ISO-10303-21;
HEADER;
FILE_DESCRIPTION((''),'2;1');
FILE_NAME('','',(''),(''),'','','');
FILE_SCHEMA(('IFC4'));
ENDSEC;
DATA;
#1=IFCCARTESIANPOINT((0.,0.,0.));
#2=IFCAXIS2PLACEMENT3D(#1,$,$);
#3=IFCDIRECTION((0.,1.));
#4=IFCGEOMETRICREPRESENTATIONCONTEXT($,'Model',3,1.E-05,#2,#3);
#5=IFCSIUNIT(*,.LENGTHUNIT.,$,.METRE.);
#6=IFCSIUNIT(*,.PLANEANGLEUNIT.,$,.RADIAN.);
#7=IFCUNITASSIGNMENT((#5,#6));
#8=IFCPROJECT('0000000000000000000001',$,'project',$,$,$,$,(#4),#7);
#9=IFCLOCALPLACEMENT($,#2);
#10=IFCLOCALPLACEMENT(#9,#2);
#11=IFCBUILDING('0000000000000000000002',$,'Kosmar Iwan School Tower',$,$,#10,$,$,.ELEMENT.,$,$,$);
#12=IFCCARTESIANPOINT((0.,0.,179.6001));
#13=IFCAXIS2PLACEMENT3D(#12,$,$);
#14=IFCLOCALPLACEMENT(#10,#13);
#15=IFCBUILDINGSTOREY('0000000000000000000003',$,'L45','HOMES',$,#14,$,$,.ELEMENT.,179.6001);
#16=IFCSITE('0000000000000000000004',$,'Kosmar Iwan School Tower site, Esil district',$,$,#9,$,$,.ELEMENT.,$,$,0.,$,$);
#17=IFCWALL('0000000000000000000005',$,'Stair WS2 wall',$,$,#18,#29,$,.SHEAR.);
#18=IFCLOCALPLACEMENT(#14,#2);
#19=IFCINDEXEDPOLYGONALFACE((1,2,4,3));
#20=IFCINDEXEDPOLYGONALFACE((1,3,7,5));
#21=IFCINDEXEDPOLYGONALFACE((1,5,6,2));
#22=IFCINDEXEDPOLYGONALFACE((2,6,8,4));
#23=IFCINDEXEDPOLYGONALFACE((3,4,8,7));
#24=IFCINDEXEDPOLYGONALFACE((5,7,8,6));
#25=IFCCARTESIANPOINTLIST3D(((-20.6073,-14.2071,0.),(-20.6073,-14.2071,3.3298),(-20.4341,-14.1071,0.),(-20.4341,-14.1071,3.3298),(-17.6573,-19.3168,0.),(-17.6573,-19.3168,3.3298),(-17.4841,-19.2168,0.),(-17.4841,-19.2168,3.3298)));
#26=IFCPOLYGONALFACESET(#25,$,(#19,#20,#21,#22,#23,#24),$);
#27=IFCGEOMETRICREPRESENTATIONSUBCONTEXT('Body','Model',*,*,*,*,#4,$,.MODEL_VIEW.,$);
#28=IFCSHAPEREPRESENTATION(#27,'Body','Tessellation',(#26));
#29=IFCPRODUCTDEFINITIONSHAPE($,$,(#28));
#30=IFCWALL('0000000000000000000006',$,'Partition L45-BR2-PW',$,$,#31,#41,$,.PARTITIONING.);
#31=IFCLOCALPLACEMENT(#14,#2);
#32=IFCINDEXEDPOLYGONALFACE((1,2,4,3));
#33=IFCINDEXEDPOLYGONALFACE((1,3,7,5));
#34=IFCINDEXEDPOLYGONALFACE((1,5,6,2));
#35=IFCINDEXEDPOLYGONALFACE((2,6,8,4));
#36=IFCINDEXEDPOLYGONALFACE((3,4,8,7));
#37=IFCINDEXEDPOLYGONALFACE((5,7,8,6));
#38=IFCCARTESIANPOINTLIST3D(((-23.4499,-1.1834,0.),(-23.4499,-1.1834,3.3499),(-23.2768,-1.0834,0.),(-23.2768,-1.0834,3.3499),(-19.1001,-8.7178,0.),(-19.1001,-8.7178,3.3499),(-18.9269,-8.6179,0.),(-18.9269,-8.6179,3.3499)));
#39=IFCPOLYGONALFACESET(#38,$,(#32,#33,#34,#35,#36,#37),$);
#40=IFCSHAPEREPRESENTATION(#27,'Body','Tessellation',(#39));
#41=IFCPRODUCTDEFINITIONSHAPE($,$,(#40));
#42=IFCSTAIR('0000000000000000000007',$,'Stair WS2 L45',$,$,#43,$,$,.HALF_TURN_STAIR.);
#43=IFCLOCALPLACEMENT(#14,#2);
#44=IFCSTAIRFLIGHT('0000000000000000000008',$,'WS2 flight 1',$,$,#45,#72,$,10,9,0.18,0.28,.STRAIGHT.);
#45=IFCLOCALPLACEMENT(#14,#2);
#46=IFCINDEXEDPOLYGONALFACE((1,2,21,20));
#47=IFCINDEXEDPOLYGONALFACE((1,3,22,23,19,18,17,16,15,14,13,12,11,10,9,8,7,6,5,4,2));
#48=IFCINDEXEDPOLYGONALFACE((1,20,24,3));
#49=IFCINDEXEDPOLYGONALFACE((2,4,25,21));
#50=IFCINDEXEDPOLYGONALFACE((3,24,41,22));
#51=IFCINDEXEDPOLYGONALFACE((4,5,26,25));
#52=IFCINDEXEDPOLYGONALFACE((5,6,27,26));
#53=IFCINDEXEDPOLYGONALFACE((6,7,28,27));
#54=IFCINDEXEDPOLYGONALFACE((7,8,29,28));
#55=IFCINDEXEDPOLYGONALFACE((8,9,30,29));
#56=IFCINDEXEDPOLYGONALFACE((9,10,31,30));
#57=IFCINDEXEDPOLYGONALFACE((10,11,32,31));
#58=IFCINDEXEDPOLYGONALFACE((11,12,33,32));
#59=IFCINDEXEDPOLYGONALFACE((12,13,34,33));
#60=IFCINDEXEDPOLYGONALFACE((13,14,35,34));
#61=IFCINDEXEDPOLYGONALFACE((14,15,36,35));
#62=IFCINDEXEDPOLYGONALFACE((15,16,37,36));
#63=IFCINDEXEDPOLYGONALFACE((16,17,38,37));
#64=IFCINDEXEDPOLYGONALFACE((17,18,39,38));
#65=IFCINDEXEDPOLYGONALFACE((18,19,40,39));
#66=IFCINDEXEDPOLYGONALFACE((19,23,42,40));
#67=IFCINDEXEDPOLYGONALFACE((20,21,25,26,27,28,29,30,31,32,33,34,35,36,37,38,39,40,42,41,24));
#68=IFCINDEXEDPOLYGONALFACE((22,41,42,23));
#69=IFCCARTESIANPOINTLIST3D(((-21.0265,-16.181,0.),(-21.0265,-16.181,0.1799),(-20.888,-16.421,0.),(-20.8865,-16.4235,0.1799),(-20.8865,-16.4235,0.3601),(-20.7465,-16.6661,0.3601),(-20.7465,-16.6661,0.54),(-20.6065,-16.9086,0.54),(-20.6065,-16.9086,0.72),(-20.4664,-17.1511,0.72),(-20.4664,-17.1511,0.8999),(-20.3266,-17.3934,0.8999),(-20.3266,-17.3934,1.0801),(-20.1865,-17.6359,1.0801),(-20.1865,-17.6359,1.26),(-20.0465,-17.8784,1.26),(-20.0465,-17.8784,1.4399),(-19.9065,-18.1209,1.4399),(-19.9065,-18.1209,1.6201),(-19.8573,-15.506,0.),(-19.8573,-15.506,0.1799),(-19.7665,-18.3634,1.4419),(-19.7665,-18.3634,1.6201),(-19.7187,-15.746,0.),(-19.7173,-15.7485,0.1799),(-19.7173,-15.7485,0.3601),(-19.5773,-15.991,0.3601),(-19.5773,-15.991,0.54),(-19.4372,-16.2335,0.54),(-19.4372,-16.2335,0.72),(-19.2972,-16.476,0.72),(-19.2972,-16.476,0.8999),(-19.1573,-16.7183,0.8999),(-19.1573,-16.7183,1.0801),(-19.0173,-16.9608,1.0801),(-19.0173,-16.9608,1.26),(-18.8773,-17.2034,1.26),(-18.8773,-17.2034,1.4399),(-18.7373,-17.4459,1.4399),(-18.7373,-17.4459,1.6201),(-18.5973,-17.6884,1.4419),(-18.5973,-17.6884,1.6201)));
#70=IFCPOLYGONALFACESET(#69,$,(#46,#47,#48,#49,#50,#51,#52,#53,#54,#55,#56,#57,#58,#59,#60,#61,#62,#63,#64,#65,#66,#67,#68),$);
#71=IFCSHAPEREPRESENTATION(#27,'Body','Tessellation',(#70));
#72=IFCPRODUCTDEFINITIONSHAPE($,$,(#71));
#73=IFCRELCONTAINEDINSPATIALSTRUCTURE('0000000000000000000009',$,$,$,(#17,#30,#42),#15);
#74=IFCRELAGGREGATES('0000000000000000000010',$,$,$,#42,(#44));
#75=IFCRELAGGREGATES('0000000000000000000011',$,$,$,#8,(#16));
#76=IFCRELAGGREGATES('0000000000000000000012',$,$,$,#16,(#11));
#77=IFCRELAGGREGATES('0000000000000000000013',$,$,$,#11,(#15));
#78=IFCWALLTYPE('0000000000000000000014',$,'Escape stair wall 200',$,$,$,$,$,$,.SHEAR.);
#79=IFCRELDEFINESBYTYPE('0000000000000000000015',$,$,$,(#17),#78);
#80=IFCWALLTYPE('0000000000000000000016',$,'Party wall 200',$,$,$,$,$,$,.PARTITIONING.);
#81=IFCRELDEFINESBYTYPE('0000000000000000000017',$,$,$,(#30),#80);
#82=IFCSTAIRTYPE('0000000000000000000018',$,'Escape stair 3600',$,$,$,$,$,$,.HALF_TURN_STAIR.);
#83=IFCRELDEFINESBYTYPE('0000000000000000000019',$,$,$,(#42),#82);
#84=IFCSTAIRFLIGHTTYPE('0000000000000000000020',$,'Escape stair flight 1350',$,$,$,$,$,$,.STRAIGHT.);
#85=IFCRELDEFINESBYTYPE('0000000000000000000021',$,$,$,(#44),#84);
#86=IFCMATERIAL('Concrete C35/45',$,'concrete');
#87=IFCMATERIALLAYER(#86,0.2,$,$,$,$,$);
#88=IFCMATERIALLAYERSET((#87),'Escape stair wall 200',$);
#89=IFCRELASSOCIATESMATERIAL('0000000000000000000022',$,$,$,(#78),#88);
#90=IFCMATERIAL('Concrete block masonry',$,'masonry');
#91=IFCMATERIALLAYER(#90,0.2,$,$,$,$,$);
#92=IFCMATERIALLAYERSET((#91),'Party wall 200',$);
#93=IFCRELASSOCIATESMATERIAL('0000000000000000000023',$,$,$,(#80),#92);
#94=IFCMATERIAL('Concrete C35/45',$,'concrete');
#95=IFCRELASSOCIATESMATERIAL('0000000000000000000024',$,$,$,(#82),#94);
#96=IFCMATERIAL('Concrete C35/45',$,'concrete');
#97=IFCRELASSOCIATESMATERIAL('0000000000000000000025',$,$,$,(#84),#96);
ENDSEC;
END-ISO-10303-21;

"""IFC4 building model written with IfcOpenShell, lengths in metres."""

from ifc_helpers import new_model, si_unit, direction, frame, frame_2d, origin, place, context, subcontext, project, spatial, polyline, rectangle, outline, extrude, material, layer, layer_set, type_object, element, aggregate, save


model = new_model("IFC4")

# Units and contexts
model_context = context("Model", 3, precision=1e-05, world=origin(), true_north=direction((0.0, 1.0)))
body_context = subcontext(model_context, "Body", "Model", "MODEL_VIEW")
ifc_project = project(units=[si_unit("LENGTHUNIT", "METRE"), si_unit("PLANEANGLEUNIT", "RADIAN")], contexts=[model_context])

# Site, building, storey
site_placement = place(None, origin())
site = spatial("IfcSite", under=ifc_project, at=site_placement, Name="Kosmar Iwan School Tower site, Esil district", CompositionType="ELEMENT", RefElevation=0.0)
building_placement = place(site_placement, origin())
building = spatial("IfcBuilding", under=site, at=building_placement, Name="Kosmar Iwan School Tower", CompositionType="ELEMENT")
storey_placement = place(building_placement, frame((0.0, 0.0, 179.6001)))
storey = spatial("IfcBuildingStorey", under=building, at=storey_placement, Name="L45", Description="HOMES", CompositionType="ELEMENT", Elevation=179.6001)

# Walls
ifc_material_1 = material(Name="Concrete C35/45", Category="concrete")
ifc_layer_1 = layer(ifc_material_1, 0.2)
ifc_layer_set_1 = layer_set([ifc_layer_1], Name="Escape stair wall 200")
wall_type_1 = type_object("IfcWallType", Name="Escape stair wall 200", PredefinedType="SHEAR", material=ifc_layer_set_1)
wall_1_placement = place(storey_placement, frame((-20.5208, -14.157, 0.0), z_axis=(0.0, 0.0, 1.0), x_axis=(0.499989, -0.866032, 0.0)))
element("IfcWall", 1, at=wall_1_placement, inside=storey, type_object=wall_type_1, Name="Stair WS2 wall", PredefinedType="SHEAR", context=body_context, shape_type="SweptSolid", body=[
    extrude(rectangle(XDim=5.9001, YDim=0.2, at=frame_2d((2.9502, 0.0))), origin(), (0.0, 0.0, 1.0), 3.3298),
])
ifc_material_2 = material(Name="Concrete block masonry", Category="masonry")
ifc_layer_2 = layer(ifc_material_2, 0.2)
ifc_layer_set_2 = layer_set([ifc_layer_2], Name="Party wall 200")
wall_type_2 = type_object("IfcWallType", Name="Party wall 200", PredefinedType="PARTITIONING", material=ifc_layer_set_2)
wall_2_placement = place(storey_placement, frame((-19.0134, -8.668, 0.0), z_axis=(0.0, 0.0, 1.0), x_axis=(-0.499987, 0.866033, 0.0)))
element("IfcWall", 2, at=wall_2_placement, inside=storey, type_object=wall_type_2, Name="Partition L45-BR2-PW", PredefinedType="PARTITIONING", context=body_context, shape_type="SweptSolid", body=[
    extrude(rectangle(XDim=8.7, YDim=0.2, at=frame_2d((4.3501, 0.0))), origin(), (0.0, 0.0, 1.0), 3.3499),
])

# Stair, stair flight
ifc_material_3 = material(Name="Concrete C35/45", Category="concrete")
stair_type = type_object("IfcStairType", Name="Escape stair 3600", PredefinedType="HALF_TURN_STAIR", material=ifc_material_3)
stair_placement = place(storey_placement, origin())
stair = element("IfcStair", 3, at=stair_placement, inside=storey, type_object=stair_type, Name="Stair WS2 L45", PredefinedType="HALF_TURN_STAIR")
ifc_material_4 = material(Name="Concrete C35/45", Category="concrete")
stair_flight_type = type_object("IfcStairFlightType", Name="Escape stair flight 1350", PredefinedType="STRAIGHT", material=ifc_material_4)
stair_flight_placement = place(storey_placement, frame((-20.4419, -15.8435, 0.0), z_axis=(0.0, 0.0, 1.0), x_axis=(0.5, -0.866025, 0.0)))
stair_flight = element("IfcStairFlight", 4, at=stair_flight_placement, type_object=stair_flight_type, Name="WS2 flight 1", NumberOfRisers=10, NumberOfTreads=9, PredefinedType="STRAIGHT", RiserHeight=0.18, TreadLength=0.28, context=body_context, shape_type="SweptSolid", body=[
    extrude(outline(polyline([(0.0, 0.0), (0.0, 0.1799), (0.28, 0.1799), (0.28, 0.3601), (0.5601, 0.3601), (0.5601, 0.54), (0.8401, 0.54), (0.8401, 0.72), (1.1201, 0.72), (1.1201, 0.8999), (1.3999, 0.8999), (1.3999, 1.0801), (1.6799, 1.0801), (1.6799, 1.26), (1.96, 1.26), (1.96, 1.4399), (2.24, 1.4399), (2.24, 1.6201), (2.52, 1.6201), (2.52, 1.8), (2.52, 1.4419), (0.2771, 0.0), (0.0, 0.0)])), frame((0.0, 0.675, 0.0), z_axis=(0.0, -1.0, 0.0), x_axis=(1.0, 0.0, 0.0)), (0.0, 0.0, 1.0), 1.3501),
])
aggregate(stair, [stair_flight])

save(model, "model.ifc")
